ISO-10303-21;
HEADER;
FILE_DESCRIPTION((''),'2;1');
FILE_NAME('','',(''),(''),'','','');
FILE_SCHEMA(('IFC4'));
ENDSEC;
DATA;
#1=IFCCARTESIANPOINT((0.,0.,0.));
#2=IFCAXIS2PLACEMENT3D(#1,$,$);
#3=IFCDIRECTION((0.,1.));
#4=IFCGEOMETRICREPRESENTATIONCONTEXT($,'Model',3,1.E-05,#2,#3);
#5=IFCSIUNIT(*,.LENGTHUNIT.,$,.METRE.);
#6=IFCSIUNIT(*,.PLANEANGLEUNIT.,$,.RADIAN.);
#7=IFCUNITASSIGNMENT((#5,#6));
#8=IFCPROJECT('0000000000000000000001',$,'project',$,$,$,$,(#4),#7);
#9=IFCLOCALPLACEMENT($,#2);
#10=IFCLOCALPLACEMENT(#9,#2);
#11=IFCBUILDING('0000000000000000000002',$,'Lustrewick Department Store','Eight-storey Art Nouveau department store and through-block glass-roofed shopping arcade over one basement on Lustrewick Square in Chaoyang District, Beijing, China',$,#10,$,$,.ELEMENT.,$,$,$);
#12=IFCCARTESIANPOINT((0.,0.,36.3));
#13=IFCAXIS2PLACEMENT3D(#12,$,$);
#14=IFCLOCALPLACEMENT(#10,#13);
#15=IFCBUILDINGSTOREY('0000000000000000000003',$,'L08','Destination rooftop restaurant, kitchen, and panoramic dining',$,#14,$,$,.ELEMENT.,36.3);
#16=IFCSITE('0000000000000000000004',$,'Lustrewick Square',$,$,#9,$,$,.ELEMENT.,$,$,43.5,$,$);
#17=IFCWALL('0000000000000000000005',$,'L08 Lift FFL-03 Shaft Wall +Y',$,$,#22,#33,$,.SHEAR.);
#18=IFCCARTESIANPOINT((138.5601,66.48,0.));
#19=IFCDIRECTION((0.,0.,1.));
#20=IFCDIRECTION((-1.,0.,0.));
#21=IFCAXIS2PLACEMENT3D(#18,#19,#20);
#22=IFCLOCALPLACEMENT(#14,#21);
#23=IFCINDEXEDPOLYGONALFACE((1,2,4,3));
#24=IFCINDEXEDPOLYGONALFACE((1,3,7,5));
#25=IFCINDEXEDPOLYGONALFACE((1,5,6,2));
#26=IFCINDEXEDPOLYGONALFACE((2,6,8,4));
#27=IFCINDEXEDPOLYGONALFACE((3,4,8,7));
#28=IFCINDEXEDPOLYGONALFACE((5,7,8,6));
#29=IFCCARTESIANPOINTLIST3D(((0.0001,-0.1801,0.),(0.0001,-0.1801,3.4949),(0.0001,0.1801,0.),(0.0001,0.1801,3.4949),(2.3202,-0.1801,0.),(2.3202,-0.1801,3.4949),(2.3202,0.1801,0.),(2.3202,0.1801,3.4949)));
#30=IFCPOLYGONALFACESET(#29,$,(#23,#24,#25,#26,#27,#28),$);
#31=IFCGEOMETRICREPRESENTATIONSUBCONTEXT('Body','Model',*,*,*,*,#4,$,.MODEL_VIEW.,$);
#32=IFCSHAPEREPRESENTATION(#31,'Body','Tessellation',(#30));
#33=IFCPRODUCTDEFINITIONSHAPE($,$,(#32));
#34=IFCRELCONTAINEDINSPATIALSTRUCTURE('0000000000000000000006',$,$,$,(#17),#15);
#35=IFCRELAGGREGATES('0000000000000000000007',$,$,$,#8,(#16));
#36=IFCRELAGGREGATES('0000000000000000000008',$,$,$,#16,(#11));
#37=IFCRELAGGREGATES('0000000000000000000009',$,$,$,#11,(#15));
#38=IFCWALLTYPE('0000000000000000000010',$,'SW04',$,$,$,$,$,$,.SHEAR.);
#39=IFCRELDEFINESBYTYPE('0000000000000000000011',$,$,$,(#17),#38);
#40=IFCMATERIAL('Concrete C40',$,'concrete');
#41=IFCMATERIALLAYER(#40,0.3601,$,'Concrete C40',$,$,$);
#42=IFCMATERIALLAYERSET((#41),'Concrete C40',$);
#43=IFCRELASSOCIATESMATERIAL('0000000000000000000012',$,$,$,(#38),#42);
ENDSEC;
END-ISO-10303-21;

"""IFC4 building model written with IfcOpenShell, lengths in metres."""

from ifc_helpers import new_model, si_unit, direction, frame, frame_2d, origin, place, context, subcontext, project, spatial, rectangle, extrude, material, layer, layer_set, type_object, element, save


model = new_model("IFC4")

# Units and contexts
model_context = context("Model", 3, precision=1e-05, world=origin(), true_north=direction((0.0, 1.0)))
body_context = subcontext(model_context, "Body", "Model", "MODEL_VIEW")
ifc_project = project(units=[si_unit("LENGTHUNIT", "METRE"), si_unit("PLANEANGLEUNIT", "RADIAN")], contexts=[model_context])

# Site, building, storey
site_placement = place(None, origin())
site = spatial("IfcSite", under=ifc_project, at=site_placement, Name="Lustrewick Square", CompositionType="ELEMENT", RefElevation=43.5)
building_placement = place(site_placement, origin())
building = spatial("IfcBuilding", under=site, at=building_placement, Name="Lustrewick Department Store", Description="Eight-storey Art Nouveau department store and through-block glass-roofed shopping arcade over one basement on Lustrewick Square in Chaoyang District, Beijing, China", CompositionType="ELEMENT")
storey_placement = place(building_placement, frame((0.0, 0.0, 36.3)))
storey = spatial("IfcBuildingStorey", under=building, at=storey_placement, Name="L08", Description="Destination rooftop restaurant, kitchen, and panoramic dining", CompositionType="ELEMENT", Elevation=36.3)

# Shared definitions
ifc_material_1 = material(Name="Concrete C40", Category="concrete")
ifc_layer_1 = layer(ifc_material_1, 0.3601, Name="Concrete C40")
ifc_layer_set_1 = layer_set([ifc_layer_1], Name="Concrete C40")
wall_type_1 = type_object("IfcWallType", Name="SW04", PredefinedType="SHEAR", material=ifc_layer_set_1)

# Wall
wall_1_placement = place(storey_placement, frame((138.5601, 66.48, 0.0), z_axis=(0.0, 0.0, 1.0), x_axis=(-1.0, 0.0, 0.0)))
element("IfcWall", 1, at=wall_1_placement, inside=storey, type_object=wall_type_1, Name="L08 Lift FFL-03 Shaft Wall +Y", PredefinedType="SHEAR", context=body_context, shape_type="SweptSolid", body=[
    extrude(rectangle(XDim=2.3201, YDim=0.3601, at=frame_2d((1.1602, 0.0))), origin(), (0.0, 0.0, 1.0), 3.4949),
])

save(model, "model.ifc")
